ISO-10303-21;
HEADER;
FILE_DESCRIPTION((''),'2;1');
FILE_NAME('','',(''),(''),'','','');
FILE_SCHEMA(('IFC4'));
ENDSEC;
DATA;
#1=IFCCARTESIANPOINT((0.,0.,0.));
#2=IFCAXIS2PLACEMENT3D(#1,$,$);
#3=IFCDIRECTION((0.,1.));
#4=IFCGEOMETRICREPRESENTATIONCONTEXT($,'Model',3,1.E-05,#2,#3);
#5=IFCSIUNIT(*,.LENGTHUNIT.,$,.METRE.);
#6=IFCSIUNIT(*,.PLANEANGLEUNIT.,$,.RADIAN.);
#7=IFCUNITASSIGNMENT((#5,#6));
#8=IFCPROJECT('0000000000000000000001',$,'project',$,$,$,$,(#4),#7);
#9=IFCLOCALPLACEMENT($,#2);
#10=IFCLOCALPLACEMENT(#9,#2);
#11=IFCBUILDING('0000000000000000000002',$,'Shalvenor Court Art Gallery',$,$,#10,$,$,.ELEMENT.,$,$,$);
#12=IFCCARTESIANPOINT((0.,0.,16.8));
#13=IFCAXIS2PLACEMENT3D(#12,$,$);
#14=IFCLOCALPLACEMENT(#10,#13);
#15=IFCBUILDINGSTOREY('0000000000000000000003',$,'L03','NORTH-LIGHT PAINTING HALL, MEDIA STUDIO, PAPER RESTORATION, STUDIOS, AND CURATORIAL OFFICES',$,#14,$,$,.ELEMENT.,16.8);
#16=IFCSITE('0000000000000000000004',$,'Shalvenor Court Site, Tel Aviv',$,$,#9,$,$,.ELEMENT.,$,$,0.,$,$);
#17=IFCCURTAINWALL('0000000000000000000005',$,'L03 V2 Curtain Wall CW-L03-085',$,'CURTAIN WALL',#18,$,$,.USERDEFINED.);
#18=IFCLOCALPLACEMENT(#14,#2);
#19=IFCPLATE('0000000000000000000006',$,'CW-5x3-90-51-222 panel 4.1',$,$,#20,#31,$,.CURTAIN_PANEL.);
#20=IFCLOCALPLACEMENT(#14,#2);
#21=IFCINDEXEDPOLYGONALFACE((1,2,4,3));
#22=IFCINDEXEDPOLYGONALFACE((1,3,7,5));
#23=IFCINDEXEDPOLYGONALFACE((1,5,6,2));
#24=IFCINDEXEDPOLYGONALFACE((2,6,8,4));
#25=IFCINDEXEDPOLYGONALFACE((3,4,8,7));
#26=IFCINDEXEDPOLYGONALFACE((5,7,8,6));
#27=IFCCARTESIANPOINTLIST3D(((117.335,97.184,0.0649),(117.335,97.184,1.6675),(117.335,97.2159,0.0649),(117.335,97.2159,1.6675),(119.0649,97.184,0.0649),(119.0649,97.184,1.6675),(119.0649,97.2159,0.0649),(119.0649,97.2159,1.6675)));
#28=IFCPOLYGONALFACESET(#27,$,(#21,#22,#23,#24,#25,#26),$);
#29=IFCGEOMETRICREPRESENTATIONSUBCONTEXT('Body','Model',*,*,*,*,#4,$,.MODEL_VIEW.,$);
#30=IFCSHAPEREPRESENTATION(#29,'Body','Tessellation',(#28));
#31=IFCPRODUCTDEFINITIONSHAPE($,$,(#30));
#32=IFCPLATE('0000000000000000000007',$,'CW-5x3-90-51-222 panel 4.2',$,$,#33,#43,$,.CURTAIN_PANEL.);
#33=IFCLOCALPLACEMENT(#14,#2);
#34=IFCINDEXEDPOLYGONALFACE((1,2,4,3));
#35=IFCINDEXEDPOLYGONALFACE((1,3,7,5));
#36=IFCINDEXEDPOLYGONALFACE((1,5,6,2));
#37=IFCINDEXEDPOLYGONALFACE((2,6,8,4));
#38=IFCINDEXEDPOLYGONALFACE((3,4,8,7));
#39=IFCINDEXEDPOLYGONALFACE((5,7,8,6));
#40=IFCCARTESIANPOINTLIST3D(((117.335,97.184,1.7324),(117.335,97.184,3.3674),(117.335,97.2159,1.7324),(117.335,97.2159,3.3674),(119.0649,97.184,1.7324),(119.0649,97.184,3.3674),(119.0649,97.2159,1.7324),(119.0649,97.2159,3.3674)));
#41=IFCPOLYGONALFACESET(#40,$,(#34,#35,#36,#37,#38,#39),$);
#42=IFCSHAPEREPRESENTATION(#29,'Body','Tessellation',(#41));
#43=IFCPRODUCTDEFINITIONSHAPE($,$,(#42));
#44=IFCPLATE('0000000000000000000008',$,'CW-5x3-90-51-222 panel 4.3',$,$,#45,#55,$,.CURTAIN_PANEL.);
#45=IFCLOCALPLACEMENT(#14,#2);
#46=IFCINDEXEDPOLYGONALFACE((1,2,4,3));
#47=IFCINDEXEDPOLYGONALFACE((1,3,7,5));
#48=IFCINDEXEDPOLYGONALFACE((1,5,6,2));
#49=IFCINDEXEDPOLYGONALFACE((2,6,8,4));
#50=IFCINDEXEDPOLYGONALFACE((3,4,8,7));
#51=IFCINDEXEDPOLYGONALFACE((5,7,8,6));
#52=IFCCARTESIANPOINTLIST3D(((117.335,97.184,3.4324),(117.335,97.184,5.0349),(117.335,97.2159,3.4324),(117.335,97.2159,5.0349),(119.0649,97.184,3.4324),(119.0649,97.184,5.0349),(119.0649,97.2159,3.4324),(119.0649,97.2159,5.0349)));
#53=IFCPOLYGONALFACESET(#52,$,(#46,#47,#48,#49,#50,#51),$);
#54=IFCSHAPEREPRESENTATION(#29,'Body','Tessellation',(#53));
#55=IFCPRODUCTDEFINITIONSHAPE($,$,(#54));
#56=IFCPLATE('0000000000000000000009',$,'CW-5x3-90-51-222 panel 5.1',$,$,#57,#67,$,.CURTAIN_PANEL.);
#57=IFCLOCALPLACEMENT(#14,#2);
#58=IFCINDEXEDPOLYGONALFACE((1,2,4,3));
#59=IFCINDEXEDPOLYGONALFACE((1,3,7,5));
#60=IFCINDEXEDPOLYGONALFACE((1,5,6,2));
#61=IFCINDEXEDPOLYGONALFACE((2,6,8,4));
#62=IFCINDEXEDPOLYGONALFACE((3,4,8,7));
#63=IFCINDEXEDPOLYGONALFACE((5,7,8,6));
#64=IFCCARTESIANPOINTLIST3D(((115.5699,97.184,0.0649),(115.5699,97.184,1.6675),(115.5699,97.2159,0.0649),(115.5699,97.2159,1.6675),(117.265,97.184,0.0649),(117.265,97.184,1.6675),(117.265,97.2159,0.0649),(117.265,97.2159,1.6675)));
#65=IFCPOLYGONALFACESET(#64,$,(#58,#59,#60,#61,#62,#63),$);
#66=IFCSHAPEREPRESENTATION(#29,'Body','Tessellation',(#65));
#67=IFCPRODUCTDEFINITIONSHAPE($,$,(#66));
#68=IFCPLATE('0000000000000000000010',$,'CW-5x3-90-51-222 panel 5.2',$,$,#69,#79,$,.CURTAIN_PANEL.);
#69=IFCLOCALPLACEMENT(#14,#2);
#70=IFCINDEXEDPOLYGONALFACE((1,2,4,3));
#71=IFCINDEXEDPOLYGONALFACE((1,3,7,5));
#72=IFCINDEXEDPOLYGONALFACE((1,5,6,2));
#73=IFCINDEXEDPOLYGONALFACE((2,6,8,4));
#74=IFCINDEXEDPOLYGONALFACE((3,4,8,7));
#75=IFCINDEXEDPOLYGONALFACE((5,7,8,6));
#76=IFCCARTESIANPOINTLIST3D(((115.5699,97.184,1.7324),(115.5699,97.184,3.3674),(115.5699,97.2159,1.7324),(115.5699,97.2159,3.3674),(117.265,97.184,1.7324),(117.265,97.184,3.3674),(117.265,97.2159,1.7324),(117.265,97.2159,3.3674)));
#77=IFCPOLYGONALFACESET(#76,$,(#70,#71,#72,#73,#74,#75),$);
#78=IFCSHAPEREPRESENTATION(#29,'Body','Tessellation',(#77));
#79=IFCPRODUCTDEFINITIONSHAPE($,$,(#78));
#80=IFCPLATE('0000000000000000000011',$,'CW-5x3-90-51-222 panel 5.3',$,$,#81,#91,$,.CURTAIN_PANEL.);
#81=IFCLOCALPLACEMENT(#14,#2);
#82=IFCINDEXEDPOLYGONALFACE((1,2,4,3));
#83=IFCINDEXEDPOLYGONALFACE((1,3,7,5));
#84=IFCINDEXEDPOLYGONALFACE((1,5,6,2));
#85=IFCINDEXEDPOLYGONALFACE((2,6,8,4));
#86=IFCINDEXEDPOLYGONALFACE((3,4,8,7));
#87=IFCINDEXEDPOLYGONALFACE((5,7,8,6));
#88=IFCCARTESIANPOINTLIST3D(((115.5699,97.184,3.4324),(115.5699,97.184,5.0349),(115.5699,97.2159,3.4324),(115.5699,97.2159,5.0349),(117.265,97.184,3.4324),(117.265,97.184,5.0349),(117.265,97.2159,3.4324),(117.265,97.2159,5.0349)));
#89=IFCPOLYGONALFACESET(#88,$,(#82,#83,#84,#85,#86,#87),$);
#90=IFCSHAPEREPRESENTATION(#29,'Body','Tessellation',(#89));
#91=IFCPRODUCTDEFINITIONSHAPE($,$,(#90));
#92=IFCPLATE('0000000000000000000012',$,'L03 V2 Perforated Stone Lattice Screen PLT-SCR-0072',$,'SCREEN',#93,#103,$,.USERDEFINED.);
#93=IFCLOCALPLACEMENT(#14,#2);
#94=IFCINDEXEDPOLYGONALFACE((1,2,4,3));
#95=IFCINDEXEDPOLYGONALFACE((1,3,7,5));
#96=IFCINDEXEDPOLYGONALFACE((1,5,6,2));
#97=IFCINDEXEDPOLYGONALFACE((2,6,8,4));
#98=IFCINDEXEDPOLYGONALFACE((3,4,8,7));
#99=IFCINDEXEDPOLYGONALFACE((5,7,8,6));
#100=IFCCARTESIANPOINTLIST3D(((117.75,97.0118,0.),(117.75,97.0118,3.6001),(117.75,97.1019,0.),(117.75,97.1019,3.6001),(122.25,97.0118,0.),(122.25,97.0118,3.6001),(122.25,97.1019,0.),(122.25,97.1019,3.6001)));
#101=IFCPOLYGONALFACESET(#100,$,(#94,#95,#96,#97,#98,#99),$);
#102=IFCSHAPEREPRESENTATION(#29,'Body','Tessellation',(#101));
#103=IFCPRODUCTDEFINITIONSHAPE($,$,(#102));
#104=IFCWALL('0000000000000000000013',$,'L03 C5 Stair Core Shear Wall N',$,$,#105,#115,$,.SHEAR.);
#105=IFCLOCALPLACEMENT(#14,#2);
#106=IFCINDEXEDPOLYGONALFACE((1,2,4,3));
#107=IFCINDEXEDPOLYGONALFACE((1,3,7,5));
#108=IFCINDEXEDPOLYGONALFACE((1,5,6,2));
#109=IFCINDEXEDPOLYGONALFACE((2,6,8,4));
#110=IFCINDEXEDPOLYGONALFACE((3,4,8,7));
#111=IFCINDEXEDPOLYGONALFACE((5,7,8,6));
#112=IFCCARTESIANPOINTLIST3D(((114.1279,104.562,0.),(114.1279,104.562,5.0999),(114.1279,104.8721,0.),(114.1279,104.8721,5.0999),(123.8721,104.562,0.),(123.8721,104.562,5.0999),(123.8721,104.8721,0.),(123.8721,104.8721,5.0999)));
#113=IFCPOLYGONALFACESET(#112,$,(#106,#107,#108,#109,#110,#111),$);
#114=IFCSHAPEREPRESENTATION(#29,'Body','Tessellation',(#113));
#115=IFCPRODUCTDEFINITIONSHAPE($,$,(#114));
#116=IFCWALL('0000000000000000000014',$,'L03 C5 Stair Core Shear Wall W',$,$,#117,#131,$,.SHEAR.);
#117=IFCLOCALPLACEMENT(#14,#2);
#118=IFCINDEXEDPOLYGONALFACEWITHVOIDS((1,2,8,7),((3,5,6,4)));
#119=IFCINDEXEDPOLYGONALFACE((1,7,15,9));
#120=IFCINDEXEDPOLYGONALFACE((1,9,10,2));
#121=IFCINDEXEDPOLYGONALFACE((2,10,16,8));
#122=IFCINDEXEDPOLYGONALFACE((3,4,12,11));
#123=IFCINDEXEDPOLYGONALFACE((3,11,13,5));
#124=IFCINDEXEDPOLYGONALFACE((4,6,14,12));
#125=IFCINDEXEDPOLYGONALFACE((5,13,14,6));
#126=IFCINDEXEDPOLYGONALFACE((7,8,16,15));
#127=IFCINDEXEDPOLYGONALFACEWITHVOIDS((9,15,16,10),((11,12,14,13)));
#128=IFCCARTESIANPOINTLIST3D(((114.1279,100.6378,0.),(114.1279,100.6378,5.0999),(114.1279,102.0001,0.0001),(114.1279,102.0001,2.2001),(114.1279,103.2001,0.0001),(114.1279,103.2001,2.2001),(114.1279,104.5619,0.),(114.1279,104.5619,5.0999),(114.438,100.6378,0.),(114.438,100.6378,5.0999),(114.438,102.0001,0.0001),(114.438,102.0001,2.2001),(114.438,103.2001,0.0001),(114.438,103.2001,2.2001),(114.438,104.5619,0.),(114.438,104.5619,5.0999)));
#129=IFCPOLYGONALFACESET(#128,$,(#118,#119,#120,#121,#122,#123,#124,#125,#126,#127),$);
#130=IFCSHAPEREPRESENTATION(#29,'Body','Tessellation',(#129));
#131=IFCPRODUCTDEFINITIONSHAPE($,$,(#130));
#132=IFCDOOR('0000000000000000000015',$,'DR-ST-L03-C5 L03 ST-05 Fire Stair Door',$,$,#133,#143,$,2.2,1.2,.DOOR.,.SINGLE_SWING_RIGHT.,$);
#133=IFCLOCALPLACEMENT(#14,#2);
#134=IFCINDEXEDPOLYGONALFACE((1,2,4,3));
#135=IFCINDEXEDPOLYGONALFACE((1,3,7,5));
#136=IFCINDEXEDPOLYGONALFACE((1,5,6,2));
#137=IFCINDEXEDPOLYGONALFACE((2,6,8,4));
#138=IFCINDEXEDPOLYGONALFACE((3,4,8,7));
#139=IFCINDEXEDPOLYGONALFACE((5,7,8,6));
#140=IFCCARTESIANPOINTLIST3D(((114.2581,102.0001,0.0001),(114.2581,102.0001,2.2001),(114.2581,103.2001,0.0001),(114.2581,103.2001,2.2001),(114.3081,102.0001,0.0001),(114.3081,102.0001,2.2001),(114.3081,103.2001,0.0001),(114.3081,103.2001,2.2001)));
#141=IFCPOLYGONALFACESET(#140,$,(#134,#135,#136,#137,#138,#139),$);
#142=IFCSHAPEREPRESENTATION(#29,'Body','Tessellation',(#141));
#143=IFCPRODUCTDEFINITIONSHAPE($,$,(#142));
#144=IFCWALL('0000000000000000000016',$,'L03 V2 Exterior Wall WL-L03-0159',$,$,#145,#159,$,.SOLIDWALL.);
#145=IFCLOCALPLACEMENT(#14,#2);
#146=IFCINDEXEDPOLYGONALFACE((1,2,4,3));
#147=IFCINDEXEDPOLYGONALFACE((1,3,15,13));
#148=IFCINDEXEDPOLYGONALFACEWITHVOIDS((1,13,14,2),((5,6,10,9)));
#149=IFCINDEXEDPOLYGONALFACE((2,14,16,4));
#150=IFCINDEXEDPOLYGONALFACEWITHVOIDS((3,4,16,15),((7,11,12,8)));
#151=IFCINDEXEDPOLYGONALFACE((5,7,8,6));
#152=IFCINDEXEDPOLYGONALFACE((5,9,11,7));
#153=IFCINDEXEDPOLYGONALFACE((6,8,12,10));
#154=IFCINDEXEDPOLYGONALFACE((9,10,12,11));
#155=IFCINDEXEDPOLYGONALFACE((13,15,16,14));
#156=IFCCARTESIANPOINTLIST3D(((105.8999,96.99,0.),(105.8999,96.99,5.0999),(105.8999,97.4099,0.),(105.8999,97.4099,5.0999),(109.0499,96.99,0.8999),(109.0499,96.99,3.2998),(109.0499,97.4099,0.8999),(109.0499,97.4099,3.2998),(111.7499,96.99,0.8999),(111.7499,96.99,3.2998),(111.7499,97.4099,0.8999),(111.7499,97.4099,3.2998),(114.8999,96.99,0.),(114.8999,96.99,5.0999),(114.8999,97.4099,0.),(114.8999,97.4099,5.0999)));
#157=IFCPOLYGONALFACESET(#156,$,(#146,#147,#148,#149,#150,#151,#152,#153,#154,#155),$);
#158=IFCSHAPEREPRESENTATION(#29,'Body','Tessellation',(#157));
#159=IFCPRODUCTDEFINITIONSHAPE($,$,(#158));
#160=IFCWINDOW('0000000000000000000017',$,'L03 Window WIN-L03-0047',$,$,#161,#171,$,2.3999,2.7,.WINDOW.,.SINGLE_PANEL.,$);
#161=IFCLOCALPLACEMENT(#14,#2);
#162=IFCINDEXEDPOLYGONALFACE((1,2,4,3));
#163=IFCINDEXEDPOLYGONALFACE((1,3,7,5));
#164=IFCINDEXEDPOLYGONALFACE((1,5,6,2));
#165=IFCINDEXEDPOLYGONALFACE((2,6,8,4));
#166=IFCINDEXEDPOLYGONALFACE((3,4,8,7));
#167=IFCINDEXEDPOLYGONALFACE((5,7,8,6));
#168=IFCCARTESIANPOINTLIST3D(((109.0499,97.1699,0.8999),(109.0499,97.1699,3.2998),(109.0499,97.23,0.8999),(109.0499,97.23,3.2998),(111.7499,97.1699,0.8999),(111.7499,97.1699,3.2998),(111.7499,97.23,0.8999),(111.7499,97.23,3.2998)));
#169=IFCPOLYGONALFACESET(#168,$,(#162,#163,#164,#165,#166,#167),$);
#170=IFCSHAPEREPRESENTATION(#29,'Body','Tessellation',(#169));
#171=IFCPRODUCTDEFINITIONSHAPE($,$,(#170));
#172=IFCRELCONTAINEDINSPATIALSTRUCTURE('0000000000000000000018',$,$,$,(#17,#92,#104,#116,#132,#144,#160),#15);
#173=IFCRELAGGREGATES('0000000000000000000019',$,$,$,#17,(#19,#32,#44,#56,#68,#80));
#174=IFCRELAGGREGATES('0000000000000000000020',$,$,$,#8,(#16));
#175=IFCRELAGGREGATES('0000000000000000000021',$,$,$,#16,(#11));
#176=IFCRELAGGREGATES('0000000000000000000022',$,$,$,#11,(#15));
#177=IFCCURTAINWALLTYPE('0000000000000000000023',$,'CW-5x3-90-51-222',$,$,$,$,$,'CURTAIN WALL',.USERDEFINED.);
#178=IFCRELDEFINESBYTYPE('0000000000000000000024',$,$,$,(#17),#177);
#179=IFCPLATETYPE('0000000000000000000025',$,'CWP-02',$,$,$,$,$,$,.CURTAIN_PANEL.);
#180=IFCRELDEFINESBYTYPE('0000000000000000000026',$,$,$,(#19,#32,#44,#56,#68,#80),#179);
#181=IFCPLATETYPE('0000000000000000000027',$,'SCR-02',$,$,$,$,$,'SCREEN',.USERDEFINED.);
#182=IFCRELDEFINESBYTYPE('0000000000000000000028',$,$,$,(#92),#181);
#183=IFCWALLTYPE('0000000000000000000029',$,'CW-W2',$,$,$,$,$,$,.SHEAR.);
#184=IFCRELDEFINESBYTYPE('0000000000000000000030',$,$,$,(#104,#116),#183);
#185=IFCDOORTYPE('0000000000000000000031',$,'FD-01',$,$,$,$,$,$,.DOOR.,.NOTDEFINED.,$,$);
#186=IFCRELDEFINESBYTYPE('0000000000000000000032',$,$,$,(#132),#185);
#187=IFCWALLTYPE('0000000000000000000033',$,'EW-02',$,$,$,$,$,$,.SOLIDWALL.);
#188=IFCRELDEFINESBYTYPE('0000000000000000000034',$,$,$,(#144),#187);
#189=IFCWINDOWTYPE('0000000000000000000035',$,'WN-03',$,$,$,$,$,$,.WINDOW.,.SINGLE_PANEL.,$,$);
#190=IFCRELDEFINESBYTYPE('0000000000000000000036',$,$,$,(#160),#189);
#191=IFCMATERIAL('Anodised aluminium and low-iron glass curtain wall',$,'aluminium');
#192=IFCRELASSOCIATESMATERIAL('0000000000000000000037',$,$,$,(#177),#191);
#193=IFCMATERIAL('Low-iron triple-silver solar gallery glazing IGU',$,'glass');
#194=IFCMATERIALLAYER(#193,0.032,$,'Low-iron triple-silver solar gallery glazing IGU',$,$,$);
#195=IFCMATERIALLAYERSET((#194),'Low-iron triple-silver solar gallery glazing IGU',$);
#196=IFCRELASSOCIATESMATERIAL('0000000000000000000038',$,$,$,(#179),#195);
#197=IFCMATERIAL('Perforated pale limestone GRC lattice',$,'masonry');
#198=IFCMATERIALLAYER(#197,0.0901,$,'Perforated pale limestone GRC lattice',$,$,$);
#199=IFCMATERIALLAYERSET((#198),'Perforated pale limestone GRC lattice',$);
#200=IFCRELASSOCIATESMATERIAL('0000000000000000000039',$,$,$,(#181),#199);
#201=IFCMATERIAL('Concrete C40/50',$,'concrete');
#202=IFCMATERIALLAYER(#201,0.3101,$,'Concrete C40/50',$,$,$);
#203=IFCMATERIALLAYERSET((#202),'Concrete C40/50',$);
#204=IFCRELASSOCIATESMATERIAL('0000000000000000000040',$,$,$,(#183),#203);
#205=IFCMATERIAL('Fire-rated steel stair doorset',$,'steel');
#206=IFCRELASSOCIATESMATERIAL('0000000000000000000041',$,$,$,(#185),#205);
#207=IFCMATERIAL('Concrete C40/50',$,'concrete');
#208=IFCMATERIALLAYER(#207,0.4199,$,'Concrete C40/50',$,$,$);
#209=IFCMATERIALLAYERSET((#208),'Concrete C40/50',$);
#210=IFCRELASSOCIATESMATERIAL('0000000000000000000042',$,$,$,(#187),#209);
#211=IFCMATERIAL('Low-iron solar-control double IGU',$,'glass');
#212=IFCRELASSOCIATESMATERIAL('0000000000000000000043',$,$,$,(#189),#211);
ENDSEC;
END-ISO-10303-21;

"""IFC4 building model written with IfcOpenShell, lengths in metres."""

from ifc_helpers import new_model, si_unit, direction, frame, frame_2d, origin, origin_2d, place, context, subcontext, project, spatial, rectangle, extrude, material, layer, layer_set, type_object, element, fill, aggregate, save


model = new_model("IFC4")

# Units and contexts
model_context = context("Model", 3, precision=1e-05, world=origin(), true_north=direction((0.0, 1.0)))
body_context = subcontext(model_context, "Body", "Model", "MODEL_VIEW")
ifc_project = project(units=[si_unit("LENGTHUNIT", "METRE"), si_unit("PLANEANGLEUNIT", "RADIAN")], contexts=[model_context])

# Site, building, storey
site_placement = place(None, origin())
site = spatial("IfcSite", under=ifc_project, at=site_placement, Name="Shalvenor Court Site, Tel Aviv", CompositionType="ELEMENT", RefElevation=0.0)
building_placement = place(site_placement, origin())
building = spatial("IfcBuilding", under=site, at=building_placement, Name="Shalvenor Court Art Gallery", CompositionType="ELEMENT")
storey_placement = place(building_placement, frame((0.0, 0.0, 16.8)))
storey = spatial("IfcBuildingStorey", under=building, at=storey_placement, Name="L03", Description="NORTH-LIGHT PAINTING HALL, MEDIA STUDIO, PAPER RESTORATION, STUDIOS, AND CURATORIAL OFFICES", CompositionType="ELEMENT", Elevation=16.8)

# Curtain wall
ifc_material_1 = material(Name="Anodised aluminium and low-iron glass curtain wall", Category="aluminium")
curtain_wall_type_1 = type_object("IfcCurtainWallType", Name="CW-5x3-90-51-222", ElementType="CURTAIN WALL", PredefinedType="USERDEFINED", material=ifc_material_1)
curtain_wall_1_placement = place(storey_placement, origin())
curtain_wall_1 = element("IfcCurtainWall", 1, at=curtain_wall_1_placement, inside=storey, type_object=curtain_wall_type_1, Name="L03 V2 Curtain Wall CW-L03-085", ObjectType="CURTAIN WALL", PredefinedType="USERDEFINED")

# Plates
ifc_material_2 = material(Name="Low-iron triple-silver solar gallery glazing IGU", Category="glass")
ifc_layer_1 = layer(ifc_material_2, 0.032, Name="Low-iron triple-silver solar gallery glazing IGU")
ifc_layer_set_1 = layer_set([ifc_layer_1], Name="Low-iron triple-silver solar gallery glazing IGU")
plate_type_1 = type_object("IfcPlateType", Name="CWP-02", PredefinedType="CURTAIN_PANEL", material=ifc_layer_set_1)
plate_1_placement = place(storey_placement, frame((118.2, 97.2, 0.0649), z_axis=(0.0, 0.0, 1.0), x_axis=(-1.0, 0.0, 0.0)))
plate_1 = element("IfcPlate", 2, at=plate_1_placement, type_object=plate_type_1, Name="CW-5x3-90-51-222 panel 4.1", PredefinedType="CURTAIN_PANEL", context=body_context, shape_type="SweptSolid", body=[
    extrude(rectangle(XDim=1.73, YDim=0.032, at=origin_2d()), origin(), (0.0, 0.0, 1.0), 1.6025),
])
plate_2_placement = place(storey_placement, frame((118.2, 97.2, 1.7324), z_axis=(0.0, 0.0, 1.0), x_axis=(-1.0, 0.0, 0.0)))
plate_2 = element("IfcPlate", 3, at=plate_2_placement, type_object=plate_type_1, Name="CW-5x3-90-51-222 panel 4.2", PredefinedType="CURTAIN_PANEL", context=body_context, shape_type="SweptSolid", body=[
    extrude(rectangle(XDim=1.73, YDim=0.032, at=origin_2d()), origin(), (0.0, 0.0, 1.0), 1.635),
])
plate_3_placement = place(storey_placement, frame((118.2, 97.2, 3.4324), z_axis=(0.0, 0.0, 1.0), x_axis=(-1.0, 0.0, 0.0)))
plate_3 = element("IfcPlate", 4, at=plate_3_placement, type_object=plate_type_1, Name="CW-5x3-90-51-222 panel 4.3", PredefinedType="CURTAIN_PANEL", context=body_context, shape_type="SweptSolid", body=[
    extrude(rectangle(XDim=1.73, YDim=0.032, at=origin_2d()), origin(), (0.0, 0.0, 1.0), 1.6025),
])
plate_4_placement = place(storey_placement, frame((116.4175, 97.2, 0.0649), z_axis=(0.0, 0.0, 1.0), x_axis=(-1.0, 0.0, 0.0)))
plate_4 = element("IfcPlate", 5, at=plate_4_placement, type_object=plate_type_1, Name="CW-5x3-90-51-222 panel 5.1", PredefinedType="CURTAIN_PANEL", context=body_context, shape_type="SweptSolid", body=[
    extrude(rectangle(XDim=1.6951, YDim=0.032, at=origin_2d()), origin(), (0.0, 0.0, 1.0), 1.6025),
])
plate_5_placement = place(storey_placement, frame((116.4175, 97.2, 1.7324), z_axis=(0.0, 0.0, 1.0), x_axis=(-1.0, 0.0, 0.0)))
plate_5 = element("IfcPlate", 6, at=plate_5_placement, type_object=plate_type_1, Name="CW-5x3-90-51-222 panel 5.2", PredefinedType="CURTAIN_PANEL", context=body_context, shape_type="SweptSolid", body=[
    extrude(rectangle(XDim=1.6951, YDim=0.032, at=origin_2d()), origin(), (0.0, 0.0, 1.0), 1.635),
])
plate_6_placement = place(storey_placement, frame((116.4175, 97.2, 3.4324), z_axis=(0.0, 0.0, 1.0), x_axis=(-1.0, 0.0, 0.0)))
plate_6 = element("IfcPlate", 7, at=plate_6_placement, type_object=plate_type_1, Name="CW-5x3-90-51-222 panel 5.3", PredefinedType="CURTAIN_PANEL", context=body_context, shape_type="SweptSolid", body=[
    extrude(rectangle(XDim=1.6951, YDim=0.032, at=origin_2d()), origin(), (0.0, 0.0, 1.0), 1.6025),
])
aggregate(curtain_wall_1, [plate_1, plate_2, plate_3, plate_4, plate_5, plate_6])
ifc_material_3 = material(Name="Perforated pale limestone GRC lattice", Category="masonry")
ifc_layer_2 = layer(ifc_material_3, 0.0901, Name="Perforated pale limestone GRC lattice")
ifc_layer_set_2 = layer_set([ifc_layer_2], Name="Perforated pale limestone GRC lattice")
plate_type_2 = type_object("IfcPlateType", Name="SCR-02", ElementType="SCREEN", PredefinedType="USERDEFINED", material=ifc_layer_set_2)
plate_7_placement = place(storey_placement, frame((120.0, 97.0569, 0.0), z_axis=(0.0, 0.0, 1.0), x_axis=(-1.0, 0.0, 0.0)))
element("IfcPlate", 8, at=plate_7_placement, inside=storey, type_object=plate_type_2, Name="L03 V2 Perforated Stone Lattice Screen PLT-SCR-0072", ObjectType="SCREEN", PredefinedType="USERDEFINED", context=body_context, shape_type="SweptSolid", body=[
    extrude(rectangle(XDim=4.5, YDim=0.0901, at=origin_2d()), origin(), (0.0, 0.0, 1.0), 3.6001),
])

# Wall
ifc_material_4 = material(Name="Concrete C40/50", Category="concrete")
ifc_layer_3 = layer(ifc_material_4, 0.3101, Name="Concrete C40/50")
ifc_layer_set_3 = layer_set([ifc_layer_3], Name="Concrete C40/50")
wall_type_1 = type_object("IfcWallType", Name="CW-W2", PredefinedType="SHEAR", material=ifc_layer_set_3)
wall_1_placement = place(storey_placement, frame((114.1279, 104.717, 0.0), z_axis=(0.0, 0.0, 1.0), x_axis=(1.0, 0.0, 0.0)))
element("IfcWall", 9, at=wall_1_placement, inside=storey, type_object=wall_type_1, Name="L03 C5 Stair Core Shear Wall N", PredefinedType="SHEAR", context=body_context, shape_type="SweptSolid", body=[
    extrude(rectangle(XDim=9.7441, YDim=0.3101, at=frame_2d((4.8721, 0.0))), origin(), (0.0, 0.0, 1.0), 5.0999),
])

# Wall, opening, door
wall_2_placement = place(storey_placement, frame((114.283, 100.6379, 0.0), z_axis=(0.0, 0.0, 1.0), x_axis=(0.0, 1.0, 0.0)))
wall_2 = element("IfcWall", 10, at=wall_2_placement, inside=storey, type_object=wall_type_1, Name="L03 C5 Stair Core Shear Wall W", PredefinedType="SHEAR", context=body_context, shape_type="SweptSolid", body=[
    extrude(rectangle(XDim=3.9241, YDim=0.3101, at=frame_2d((1.9619, 0.0))), origin(), (0.0, 0.0, 1.0), 5.0999),
])
opening_1_placement = place(wall_2_placement, frame((1.3621, 0.0, 0.0)))
opening_1 = element("IfcOpeningElement", 11, at=opening_1_placement, cuts=wall_2, PredefinedType="OPENING", context=body_context, shape_type="SweptSolid", body=[
    extrude(rectangle(XDim=1.2, YDim=2.2, at=frame_2d((0.6001, 1.1001))), frame((0.0, 0.165, 0.0), z_axis=(0.0, -1.0, 0.0), x_axis=(1.0, 0.0, 0.0)), (0.0, 0.0, 1.0), 0.3301),
])
ifc_material_5 = material(Name="Fire-rated steel stair doorset", Category="steel")
door_type = type_object("IfcDoorType", Name="FD-01", OperationType="NOTDEFINED", PredefinedType="DOOR", material=ifc_material_5)
door_placement = place(opening_1_placement, origin())
door = element("IfcDoor", 12, at=door_placement, inside=storey, type_object=door_type, Name="DR-ST-L03-C5 L03 ST-05 Fire Stair Door", OperationType="SINGLE_SWING_RIGHT", OverallHeight=2.2, OverallWidth=1.2, PredefinedType="DOOR", context=body_context, shape_type="SweptSolid", body=[
    extrude(rectangle(XDim=1.2, YDim=2.2, at=frame_2d((0.6001, 1.1001))), frame((0.0, 0.0249, 0.0), z_axis=(0.0, -1.0, 0.0), x_axis=(1.0, 0.0, 0.0)), (0.0, 0.0, 1.0), 0.05),
])
fill(opening_1, door)

# Wall, opening, window
ifc_material_6 = material(Name="Concrete C40/50", Category="concrete")
ifc_layer_4 = layer(ifc_material_6, 0.4199, Name="Concrete C40/50")
ifc_layer_set_4 = layer_set([ifc_layer_4], Name="Concrete C40/50")
wall_type_2 = type_object("IfcWallType", Name="EW-02", PredefinedType="SOLIDWALL", material=ifc_layer_set_4)
wall_3_placement = place(storey_placement, frame((114.8999, 97.2, 0.0), z_axis=(0.0, 0.0, 1.0), x_axis=(-1.0, 0.0, 0.0)))
wall_3 = element("IfcWall", 13, at=wall_3_placement, inside=storey, type_object=wall_type_2, Name="L03 V2 Exterior Wall WL-L03-0159", PredefinedType="SOLIDWALL", context=body_context, shape_type="SweptSolid", body=[
    extrude(rectangle(XDim=9.0, YDim=0.4199, at=frame_2d((4.5, 0.0))), origin(), (0.0, 0.0, 1.0), 5.0999),
])
opening_2_placement = place(wall_3_placement, frame((3.1499, 0.0, 0.8999)))
opening_2 = element("IfcOpeningElement", 14, at=opening_2_placement, cuts=wall_3, PredefinedType="OPENING", context=body_context, shape_type="SweptSolid", body=[
    extrude(rectangle(XDim=2.7, YDim=2.3999, at=frame_2d((1.3501, 1.2))), frame((0.0, 0.22, 0.0), z_axis=(0.0, -1.0, 0.0), x_axis=(1.0, 0.0, 0.0)), (0.0, 0.0, 1.0), 0.4399),
])
ifc_material_7 = material(Name="Low-iron solar-control double IGU", Category="glass")
window_type = type_object("IfcWindowType", Name="WN-03", PartitioningType="SINGLE_PANEL", PredefinedType="WINDOW", material=ifc_material_7)
window_placement = place(opening_2_placement, origin())
window = element("IfcWindow", 15, at=window_placement, inside=storey, type_object=window_type, Name="L03 Window WIN-L03-0047", OverallHeight=2.3999, OverallWidth=2.7, PartitioningType="SINGLE_PANEL", PredefinedType="WINDOW", context=body_context, shape_type="SweptSolid", body=[
    extrude(rectangle(XDim=2.7, YDim=2.3999, at=frame_2d((1.3501, 1.2))), frame((0.0, 0.03, 0.0), z_axis=(0.0, -1.0, 0.0), x_axis=(1.0, 0.0, 0.0)), (0.0, 0.0, 1.0), 0.0601),
])
fill(opening_2, window)

save(model, "model.ifc")
